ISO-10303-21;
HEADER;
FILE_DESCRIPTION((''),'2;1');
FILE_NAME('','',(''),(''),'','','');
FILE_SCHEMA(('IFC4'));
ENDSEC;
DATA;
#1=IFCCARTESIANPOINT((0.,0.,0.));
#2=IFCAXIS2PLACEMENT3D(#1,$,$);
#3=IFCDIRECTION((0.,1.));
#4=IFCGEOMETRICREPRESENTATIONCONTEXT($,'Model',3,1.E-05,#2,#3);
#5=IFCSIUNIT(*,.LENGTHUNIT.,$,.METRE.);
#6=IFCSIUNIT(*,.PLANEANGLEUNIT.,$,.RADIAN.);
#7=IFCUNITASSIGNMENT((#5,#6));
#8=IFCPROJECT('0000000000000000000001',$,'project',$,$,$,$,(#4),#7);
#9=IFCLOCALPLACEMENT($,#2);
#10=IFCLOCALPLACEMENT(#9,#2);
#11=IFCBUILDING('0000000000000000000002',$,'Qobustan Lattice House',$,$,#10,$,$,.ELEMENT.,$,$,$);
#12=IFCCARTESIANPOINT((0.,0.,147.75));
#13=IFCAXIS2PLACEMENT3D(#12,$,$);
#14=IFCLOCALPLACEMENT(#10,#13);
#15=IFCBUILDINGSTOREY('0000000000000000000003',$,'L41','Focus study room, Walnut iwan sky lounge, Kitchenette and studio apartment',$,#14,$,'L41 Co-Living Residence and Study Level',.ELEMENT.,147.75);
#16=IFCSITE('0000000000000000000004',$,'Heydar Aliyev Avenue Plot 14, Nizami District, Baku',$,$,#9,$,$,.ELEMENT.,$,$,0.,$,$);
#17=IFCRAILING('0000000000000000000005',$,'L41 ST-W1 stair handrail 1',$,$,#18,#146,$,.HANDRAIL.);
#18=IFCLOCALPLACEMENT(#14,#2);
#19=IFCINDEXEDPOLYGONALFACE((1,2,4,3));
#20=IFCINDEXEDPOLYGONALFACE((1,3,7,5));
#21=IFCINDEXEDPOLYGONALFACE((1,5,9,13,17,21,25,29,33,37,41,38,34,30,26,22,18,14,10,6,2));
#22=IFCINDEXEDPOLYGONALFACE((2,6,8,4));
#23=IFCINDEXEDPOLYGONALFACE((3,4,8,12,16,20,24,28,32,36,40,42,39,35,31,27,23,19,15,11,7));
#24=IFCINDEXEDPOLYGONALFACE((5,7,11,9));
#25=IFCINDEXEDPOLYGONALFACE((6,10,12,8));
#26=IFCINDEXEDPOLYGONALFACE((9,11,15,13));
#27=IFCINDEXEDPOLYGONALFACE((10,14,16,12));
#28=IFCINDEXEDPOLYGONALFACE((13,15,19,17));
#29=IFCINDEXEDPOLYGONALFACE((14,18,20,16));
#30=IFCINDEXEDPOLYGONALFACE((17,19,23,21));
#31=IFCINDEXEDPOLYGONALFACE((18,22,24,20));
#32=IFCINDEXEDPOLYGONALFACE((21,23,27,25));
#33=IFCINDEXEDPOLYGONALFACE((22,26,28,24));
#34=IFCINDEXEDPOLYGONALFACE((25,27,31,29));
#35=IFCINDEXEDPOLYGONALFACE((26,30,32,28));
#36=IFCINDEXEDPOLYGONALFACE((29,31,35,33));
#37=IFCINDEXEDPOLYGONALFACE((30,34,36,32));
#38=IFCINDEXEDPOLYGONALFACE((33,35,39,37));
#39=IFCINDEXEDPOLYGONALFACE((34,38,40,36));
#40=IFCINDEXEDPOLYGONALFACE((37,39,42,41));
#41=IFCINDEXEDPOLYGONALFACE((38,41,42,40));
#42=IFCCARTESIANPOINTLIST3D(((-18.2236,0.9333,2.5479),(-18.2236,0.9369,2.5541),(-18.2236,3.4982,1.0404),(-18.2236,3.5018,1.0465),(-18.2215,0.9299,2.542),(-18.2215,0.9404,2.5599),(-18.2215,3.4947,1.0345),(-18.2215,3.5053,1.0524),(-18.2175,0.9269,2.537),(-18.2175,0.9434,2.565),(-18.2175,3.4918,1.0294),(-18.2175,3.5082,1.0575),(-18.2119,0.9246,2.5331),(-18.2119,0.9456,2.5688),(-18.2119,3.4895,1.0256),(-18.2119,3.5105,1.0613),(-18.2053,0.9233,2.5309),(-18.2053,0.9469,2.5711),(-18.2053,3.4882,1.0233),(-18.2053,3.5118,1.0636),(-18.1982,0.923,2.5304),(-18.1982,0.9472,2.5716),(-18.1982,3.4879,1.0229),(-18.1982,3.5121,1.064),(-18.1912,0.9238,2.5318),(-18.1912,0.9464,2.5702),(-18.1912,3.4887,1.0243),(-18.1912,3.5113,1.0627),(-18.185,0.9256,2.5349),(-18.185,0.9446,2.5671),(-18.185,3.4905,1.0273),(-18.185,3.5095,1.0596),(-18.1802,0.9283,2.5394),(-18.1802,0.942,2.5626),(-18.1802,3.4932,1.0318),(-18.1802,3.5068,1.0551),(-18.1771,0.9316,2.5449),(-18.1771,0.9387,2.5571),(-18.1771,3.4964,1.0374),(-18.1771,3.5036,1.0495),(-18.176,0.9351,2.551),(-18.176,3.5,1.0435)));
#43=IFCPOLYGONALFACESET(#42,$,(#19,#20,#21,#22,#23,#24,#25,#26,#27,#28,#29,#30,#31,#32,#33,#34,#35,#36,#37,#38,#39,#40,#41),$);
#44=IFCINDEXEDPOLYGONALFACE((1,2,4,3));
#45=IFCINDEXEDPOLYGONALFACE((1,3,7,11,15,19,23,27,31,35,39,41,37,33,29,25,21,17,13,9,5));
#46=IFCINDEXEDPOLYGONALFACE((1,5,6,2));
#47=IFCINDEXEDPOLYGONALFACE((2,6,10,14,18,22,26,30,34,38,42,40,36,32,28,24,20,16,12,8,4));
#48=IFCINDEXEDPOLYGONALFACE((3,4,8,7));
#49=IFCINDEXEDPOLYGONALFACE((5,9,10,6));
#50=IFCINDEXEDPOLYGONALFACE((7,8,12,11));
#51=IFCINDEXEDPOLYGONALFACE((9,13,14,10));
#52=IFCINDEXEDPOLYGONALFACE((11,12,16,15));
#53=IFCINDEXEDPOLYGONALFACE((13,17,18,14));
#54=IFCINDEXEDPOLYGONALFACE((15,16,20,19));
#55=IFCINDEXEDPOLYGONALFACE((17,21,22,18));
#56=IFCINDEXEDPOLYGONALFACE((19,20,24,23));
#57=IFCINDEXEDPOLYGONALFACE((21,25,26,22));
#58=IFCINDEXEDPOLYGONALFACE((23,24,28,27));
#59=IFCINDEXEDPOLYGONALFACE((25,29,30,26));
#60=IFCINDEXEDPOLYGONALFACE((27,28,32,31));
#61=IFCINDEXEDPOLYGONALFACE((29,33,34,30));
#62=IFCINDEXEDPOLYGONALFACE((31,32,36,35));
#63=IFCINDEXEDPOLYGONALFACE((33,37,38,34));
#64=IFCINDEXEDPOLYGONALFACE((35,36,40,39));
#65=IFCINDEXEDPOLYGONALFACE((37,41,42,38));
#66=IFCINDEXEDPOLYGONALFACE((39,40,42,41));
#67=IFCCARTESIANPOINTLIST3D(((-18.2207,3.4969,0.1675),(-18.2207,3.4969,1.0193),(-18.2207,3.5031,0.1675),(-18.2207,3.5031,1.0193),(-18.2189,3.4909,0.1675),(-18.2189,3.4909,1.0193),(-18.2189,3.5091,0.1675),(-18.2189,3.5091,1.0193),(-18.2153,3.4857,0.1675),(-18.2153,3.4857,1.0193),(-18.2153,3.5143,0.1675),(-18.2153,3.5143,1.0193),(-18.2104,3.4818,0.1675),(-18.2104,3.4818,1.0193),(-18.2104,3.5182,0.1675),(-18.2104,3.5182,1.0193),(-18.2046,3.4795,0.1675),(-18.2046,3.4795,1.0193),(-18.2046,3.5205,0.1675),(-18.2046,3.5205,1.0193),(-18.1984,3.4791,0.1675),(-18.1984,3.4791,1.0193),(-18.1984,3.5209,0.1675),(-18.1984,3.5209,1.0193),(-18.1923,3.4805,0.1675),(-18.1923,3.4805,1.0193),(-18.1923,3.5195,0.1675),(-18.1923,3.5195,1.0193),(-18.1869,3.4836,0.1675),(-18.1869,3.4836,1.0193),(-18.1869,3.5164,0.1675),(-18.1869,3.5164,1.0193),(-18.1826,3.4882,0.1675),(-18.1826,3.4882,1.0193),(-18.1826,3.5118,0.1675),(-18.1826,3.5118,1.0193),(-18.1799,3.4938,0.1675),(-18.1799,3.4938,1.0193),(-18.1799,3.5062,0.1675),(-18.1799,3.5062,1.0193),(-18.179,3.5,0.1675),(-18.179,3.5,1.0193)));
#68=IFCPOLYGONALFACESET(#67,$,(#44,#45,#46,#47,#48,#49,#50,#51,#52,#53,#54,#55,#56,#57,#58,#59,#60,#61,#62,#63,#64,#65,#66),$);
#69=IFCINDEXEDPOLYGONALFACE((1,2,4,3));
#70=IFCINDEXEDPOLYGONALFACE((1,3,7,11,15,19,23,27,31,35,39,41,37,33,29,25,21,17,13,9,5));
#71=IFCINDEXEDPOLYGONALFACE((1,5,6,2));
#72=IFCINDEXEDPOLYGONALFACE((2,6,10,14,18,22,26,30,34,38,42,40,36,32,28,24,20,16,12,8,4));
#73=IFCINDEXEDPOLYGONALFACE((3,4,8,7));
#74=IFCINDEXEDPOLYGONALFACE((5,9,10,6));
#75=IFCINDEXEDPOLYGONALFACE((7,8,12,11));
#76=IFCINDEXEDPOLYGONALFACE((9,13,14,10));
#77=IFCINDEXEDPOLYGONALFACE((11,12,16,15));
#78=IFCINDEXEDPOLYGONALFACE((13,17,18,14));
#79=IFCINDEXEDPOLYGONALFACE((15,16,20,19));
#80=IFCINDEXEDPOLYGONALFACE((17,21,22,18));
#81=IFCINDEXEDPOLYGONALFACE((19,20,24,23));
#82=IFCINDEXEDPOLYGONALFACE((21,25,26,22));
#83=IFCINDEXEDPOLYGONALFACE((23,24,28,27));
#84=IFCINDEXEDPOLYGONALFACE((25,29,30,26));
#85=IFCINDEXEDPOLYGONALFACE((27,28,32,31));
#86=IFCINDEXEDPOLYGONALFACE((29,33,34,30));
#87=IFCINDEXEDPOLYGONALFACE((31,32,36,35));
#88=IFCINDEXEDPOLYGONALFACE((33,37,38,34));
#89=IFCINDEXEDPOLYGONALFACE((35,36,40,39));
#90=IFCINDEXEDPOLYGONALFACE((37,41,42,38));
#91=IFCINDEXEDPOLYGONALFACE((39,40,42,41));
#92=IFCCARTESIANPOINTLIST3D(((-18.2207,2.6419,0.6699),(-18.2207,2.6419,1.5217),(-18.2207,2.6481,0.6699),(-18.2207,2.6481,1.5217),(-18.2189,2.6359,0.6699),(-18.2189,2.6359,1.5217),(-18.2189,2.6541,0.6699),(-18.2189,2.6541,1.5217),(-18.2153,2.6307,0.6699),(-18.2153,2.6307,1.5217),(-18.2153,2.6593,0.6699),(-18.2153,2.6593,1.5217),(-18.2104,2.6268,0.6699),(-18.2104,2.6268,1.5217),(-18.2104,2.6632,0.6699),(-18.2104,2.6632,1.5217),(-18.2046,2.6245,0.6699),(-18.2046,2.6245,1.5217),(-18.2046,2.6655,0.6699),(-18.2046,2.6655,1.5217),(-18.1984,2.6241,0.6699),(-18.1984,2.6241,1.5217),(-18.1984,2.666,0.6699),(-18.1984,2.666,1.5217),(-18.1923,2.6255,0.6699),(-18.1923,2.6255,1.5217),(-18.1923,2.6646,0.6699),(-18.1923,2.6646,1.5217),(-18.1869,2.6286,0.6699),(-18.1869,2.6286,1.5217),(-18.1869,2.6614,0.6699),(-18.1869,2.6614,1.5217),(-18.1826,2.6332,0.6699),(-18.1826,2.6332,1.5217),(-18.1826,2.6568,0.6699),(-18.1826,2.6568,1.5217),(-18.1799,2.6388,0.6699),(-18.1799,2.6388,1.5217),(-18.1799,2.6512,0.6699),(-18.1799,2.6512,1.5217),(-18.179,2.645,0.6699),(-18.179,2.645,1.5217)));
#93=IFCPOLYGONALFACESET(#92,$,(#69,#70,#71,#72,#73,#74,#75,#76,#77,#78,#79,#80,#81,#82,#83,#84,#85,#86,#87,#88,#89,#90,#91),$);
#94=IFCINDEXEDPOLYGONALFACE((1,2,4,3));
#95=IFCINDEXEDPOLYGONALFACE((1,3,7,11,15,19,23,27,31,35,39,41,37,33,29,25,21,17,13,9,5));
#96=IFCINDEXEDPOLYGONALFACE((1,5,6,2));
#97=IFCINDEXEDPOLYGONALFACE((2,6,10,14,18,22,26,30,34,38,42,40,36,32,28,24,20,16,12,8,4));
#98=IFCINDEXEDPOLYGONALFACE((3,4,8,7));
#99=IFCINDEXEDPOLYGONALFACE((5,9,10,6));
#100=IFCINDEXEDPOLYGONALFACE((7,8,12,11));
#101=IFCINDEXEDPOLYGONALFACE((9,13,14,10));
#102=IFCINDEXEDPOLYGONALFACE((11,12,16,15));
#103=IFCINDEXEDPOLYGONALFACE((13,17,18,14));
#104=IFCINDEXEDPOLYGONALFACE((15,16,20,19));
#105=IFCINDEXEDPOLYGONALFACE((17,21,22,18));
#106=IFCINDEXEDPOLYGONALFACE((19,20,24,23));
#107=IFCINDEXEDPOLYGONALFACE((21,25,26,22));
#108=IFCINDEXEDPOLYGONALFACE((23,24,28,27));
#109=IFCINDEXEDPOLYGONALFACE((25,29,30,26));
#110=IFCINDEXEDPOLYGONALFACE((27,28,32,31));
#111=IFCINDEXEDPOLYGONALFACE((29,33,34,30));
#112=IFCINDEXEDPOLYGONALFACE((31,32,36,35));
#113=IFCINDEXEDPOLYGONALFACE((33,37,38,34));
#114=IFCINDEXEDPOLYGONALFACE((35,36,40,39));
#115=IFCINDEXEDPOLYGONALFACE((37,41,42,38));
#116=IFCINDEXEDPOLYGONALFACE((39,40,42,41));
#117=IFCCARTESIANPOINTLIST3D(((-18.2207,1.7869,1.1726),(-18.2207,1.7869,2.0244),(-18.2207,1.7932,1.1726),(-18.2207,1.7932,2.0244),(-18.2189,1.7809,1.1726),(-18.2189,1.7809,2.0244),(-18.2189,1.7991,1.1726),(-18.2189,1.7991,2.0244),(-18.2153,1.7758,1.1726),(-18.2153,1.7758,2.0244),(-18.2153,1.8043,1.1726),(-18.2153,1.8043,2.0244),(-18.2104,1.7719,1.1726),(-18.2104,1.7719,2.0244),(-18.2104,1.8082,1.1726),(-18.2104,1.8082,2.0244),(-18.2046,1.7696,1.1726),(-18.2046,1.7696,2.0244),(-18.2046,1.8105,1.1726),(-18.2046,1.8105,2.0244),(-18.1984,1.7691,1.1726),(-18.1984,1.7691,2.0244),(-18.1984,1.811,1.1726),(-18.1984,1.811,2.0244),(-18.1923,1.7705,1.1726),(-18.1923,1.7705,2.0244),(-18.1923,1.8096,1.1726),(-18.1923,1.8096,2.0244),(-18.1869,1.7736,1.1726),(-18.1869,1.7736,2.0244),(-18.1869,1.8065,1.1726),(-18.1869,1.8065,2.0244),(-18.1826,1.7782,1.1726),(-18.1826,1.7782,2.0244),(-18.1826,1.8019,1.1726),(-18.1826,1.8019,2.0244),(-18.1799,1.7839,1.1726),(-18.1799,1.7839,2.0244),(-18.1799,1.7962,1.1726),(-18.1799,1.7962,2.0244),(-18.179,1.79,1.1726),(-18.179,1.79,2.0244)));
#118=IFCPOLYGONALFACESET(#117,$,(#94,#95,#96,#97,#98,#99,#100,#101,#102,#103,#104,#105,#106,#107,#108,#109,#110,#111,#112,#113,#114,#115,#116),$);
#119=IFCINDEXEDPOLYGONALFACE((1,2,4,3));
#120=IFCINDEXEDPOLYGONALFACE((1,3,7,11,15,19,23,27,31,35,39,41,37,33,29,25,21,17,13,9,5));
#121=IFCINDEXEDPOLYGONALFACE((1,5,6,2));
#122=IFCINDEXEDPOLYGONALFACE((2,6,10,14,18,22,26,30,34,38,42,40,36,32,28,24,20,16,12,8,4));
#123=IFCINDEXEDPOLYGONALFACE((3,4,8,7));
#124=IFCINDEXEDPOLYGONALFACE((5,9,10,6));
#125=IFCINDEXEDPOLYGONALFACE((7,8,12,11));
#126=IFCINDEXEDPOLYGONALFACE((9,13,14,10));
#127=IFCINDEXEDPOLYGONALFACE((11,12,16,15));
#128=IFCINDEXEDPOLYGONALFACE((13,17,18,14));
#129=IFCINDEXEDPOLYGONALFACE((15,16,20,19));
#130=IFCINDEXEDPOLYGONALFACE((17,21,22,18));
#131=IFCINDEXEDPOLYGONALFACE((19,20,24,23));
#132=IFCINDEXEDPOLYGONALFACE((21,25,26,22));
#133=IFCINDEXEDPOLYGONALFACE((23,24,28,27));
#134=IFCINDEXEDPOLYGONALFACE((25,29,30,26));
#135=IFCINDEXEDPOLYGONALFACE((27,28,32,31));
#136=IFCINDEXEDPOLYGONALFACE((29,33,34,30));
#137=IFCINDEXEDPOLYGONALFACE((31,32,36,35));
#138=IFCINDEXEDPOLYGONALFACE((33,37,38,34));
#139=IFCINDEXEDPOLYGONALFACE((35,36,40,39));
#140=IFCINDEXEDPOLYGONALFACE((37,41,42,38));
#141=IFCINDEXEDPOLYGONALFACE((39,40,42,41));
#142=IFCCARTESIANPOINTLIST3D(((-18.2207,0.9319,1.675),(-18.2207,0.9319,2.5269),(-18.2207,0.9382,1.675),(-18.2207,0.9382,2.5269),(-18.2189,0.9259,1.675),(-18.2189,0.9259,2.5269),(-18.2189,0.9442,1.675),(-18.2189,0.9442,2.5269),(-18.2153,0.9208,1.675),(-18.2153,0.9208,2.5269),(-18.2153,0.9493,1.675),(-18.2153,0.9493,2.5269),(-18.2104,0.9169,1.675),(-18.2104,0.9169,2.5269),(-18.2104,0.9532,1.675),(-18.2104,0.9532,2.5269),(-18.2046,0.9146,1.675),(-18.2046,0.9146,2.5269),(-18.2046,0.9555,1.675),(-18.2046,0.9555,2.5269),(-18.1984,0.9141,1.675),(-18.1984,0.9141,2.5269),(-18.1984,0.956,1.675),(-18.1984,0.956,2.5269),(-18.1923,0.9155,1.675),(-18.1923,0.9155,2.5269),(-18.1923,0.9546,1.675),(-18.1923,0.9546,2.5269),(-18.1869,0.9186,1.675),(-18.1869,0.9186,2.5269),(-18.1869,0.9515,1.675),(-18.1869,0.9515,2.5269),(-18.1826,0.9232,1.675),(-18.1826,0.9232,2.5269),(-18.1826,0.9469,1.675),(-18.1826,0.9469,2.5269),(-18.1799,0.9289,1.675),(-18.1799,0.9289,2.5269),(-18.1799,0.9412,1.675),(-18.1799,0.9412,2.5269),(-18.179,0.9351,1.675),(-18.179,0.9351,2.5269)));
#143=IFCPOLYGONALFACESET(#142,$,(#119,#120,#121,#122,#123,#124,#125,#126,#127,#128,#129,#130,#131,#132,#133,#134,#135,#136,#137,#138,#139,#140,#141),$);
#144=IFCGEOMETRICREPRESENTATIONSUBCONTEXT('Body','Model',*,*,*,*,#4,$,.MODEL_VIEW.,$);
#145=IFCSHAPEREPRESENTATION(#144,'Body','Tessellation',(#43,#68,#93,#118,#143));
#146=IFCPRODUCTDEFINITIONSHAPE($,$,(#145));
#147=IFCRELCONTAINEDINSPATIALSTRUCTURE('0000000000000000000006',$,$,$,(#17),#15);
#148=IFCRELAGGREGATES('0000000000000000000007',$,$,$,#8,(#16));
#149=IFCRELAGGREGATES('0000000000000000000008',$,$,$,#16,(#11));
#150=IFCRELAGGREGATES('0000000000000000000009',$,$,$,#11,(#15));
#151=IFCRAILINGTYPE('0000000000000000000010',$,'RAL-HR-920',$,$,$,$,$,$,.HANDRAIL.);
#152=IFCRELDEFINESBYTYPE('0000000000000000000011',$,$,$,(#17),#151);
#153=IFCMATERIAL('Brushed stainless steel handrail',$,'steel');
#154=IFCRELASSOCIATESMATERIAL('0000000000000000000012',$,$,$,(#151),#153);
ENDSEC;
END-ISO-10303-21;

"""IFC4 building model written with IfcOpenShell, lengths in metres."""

from ifc_helpers import new_model, si_unit, direction, frame, origin, origin_2d, place, context, subcontext, project, spatial, circle, extrude, material, type_object, element, save


model = new_model("IFC4")

# Units and contexts
model_context = context("Model", 3, precision=1e-05, world=origin(), true_north=direction((0.0, 1.0)))
body_context = subcontext(model_context, "Body", "Model", "MODEL_VIEW")
ifc_project = project(units=[si_unit("LENGTHUNIT", "METRE"), si_unit("PLANEANGLEUNIT", "RADIAN")], contexts=[model_context])

# Site, building, storey
site_placement = place(None, origin())
site = spatial("IfcSite", under=ifc_project, at=site_placement, Name="Heydar Aliyev Avenue Plot 14, Nizami District, Baku", CompositionType="ELEMENT", RefElevation=0.0)
building_placement = place(site_placement, origin())
building = spatial("IfcBuilding", under=site, at=building_placement, Name="Qobustan Lattice House", CompositionType="ELEMENT")
storey_placement = place(building_placement, frame((0.0, 0.0, 147.75)))
storey = spatial("IfcBuildingStorey", under=building, at=storey_placement, Name="L41", Description="Focus study room, Walnut iwan sky lounge, Kitchenette and studio apartment", LongName="L41 Co-Living Residence and Study Level", CompositionType="ELEMENT", Elevation=147.75)

# Railing
ifc_material_1 = material(Name="Brushed stainless steel handrail", Category="steel")
railing_type_1 = type_object("IfcRailingType", Name="RAL-HR-920", PredefinedType="HANDRAIL", material=ifc_material_1)
railing_1_placement = place(storey_placement, frame((-18.2, 3.5, 0.1675)))
element("IfcRailing", 1, at=railing_1_placement, inside=storey, type_object=railing_type_1, Name="L41 ST-W1 stair handrail 1", PredefinedType="HANDRAIL", context=body_context, shape_type="SweptSolid", body=[
    extrude(circle(Radius=0.0239, at=origin_2d()), frame((0.0, 0.0, 0.876), z_axis=(0.0, -0.862113, 0.506715), x_axis=(1.0, 0.0, 0.0)), (0.0, 0.0, 1.0), 2.9751),
    extrude(circle(Radius=0.021, at=origin_2d()), origin(), (0.0, 0.0, 1.0), 0.8518),
    extrude(circle(Radius=0.021, at=origin_2d()), frame((0.0, -0.855, 0.5024)), (0.0, 0.0, 1.0), 0.8518),
    extrude(circle(Radius=0.021, at=origin_2d()), frame((0.0, -1.71, 1.0051)), (0.0, 0.0, 1.0), 0.8518),
    extrude(circle(Radius=0.021, at=origin_2d()), frame((0.0, -2.5649, 1.5076)), (0.0, 0.0, 1.0), 0.8518),
])

save(model, "model.ifc")
